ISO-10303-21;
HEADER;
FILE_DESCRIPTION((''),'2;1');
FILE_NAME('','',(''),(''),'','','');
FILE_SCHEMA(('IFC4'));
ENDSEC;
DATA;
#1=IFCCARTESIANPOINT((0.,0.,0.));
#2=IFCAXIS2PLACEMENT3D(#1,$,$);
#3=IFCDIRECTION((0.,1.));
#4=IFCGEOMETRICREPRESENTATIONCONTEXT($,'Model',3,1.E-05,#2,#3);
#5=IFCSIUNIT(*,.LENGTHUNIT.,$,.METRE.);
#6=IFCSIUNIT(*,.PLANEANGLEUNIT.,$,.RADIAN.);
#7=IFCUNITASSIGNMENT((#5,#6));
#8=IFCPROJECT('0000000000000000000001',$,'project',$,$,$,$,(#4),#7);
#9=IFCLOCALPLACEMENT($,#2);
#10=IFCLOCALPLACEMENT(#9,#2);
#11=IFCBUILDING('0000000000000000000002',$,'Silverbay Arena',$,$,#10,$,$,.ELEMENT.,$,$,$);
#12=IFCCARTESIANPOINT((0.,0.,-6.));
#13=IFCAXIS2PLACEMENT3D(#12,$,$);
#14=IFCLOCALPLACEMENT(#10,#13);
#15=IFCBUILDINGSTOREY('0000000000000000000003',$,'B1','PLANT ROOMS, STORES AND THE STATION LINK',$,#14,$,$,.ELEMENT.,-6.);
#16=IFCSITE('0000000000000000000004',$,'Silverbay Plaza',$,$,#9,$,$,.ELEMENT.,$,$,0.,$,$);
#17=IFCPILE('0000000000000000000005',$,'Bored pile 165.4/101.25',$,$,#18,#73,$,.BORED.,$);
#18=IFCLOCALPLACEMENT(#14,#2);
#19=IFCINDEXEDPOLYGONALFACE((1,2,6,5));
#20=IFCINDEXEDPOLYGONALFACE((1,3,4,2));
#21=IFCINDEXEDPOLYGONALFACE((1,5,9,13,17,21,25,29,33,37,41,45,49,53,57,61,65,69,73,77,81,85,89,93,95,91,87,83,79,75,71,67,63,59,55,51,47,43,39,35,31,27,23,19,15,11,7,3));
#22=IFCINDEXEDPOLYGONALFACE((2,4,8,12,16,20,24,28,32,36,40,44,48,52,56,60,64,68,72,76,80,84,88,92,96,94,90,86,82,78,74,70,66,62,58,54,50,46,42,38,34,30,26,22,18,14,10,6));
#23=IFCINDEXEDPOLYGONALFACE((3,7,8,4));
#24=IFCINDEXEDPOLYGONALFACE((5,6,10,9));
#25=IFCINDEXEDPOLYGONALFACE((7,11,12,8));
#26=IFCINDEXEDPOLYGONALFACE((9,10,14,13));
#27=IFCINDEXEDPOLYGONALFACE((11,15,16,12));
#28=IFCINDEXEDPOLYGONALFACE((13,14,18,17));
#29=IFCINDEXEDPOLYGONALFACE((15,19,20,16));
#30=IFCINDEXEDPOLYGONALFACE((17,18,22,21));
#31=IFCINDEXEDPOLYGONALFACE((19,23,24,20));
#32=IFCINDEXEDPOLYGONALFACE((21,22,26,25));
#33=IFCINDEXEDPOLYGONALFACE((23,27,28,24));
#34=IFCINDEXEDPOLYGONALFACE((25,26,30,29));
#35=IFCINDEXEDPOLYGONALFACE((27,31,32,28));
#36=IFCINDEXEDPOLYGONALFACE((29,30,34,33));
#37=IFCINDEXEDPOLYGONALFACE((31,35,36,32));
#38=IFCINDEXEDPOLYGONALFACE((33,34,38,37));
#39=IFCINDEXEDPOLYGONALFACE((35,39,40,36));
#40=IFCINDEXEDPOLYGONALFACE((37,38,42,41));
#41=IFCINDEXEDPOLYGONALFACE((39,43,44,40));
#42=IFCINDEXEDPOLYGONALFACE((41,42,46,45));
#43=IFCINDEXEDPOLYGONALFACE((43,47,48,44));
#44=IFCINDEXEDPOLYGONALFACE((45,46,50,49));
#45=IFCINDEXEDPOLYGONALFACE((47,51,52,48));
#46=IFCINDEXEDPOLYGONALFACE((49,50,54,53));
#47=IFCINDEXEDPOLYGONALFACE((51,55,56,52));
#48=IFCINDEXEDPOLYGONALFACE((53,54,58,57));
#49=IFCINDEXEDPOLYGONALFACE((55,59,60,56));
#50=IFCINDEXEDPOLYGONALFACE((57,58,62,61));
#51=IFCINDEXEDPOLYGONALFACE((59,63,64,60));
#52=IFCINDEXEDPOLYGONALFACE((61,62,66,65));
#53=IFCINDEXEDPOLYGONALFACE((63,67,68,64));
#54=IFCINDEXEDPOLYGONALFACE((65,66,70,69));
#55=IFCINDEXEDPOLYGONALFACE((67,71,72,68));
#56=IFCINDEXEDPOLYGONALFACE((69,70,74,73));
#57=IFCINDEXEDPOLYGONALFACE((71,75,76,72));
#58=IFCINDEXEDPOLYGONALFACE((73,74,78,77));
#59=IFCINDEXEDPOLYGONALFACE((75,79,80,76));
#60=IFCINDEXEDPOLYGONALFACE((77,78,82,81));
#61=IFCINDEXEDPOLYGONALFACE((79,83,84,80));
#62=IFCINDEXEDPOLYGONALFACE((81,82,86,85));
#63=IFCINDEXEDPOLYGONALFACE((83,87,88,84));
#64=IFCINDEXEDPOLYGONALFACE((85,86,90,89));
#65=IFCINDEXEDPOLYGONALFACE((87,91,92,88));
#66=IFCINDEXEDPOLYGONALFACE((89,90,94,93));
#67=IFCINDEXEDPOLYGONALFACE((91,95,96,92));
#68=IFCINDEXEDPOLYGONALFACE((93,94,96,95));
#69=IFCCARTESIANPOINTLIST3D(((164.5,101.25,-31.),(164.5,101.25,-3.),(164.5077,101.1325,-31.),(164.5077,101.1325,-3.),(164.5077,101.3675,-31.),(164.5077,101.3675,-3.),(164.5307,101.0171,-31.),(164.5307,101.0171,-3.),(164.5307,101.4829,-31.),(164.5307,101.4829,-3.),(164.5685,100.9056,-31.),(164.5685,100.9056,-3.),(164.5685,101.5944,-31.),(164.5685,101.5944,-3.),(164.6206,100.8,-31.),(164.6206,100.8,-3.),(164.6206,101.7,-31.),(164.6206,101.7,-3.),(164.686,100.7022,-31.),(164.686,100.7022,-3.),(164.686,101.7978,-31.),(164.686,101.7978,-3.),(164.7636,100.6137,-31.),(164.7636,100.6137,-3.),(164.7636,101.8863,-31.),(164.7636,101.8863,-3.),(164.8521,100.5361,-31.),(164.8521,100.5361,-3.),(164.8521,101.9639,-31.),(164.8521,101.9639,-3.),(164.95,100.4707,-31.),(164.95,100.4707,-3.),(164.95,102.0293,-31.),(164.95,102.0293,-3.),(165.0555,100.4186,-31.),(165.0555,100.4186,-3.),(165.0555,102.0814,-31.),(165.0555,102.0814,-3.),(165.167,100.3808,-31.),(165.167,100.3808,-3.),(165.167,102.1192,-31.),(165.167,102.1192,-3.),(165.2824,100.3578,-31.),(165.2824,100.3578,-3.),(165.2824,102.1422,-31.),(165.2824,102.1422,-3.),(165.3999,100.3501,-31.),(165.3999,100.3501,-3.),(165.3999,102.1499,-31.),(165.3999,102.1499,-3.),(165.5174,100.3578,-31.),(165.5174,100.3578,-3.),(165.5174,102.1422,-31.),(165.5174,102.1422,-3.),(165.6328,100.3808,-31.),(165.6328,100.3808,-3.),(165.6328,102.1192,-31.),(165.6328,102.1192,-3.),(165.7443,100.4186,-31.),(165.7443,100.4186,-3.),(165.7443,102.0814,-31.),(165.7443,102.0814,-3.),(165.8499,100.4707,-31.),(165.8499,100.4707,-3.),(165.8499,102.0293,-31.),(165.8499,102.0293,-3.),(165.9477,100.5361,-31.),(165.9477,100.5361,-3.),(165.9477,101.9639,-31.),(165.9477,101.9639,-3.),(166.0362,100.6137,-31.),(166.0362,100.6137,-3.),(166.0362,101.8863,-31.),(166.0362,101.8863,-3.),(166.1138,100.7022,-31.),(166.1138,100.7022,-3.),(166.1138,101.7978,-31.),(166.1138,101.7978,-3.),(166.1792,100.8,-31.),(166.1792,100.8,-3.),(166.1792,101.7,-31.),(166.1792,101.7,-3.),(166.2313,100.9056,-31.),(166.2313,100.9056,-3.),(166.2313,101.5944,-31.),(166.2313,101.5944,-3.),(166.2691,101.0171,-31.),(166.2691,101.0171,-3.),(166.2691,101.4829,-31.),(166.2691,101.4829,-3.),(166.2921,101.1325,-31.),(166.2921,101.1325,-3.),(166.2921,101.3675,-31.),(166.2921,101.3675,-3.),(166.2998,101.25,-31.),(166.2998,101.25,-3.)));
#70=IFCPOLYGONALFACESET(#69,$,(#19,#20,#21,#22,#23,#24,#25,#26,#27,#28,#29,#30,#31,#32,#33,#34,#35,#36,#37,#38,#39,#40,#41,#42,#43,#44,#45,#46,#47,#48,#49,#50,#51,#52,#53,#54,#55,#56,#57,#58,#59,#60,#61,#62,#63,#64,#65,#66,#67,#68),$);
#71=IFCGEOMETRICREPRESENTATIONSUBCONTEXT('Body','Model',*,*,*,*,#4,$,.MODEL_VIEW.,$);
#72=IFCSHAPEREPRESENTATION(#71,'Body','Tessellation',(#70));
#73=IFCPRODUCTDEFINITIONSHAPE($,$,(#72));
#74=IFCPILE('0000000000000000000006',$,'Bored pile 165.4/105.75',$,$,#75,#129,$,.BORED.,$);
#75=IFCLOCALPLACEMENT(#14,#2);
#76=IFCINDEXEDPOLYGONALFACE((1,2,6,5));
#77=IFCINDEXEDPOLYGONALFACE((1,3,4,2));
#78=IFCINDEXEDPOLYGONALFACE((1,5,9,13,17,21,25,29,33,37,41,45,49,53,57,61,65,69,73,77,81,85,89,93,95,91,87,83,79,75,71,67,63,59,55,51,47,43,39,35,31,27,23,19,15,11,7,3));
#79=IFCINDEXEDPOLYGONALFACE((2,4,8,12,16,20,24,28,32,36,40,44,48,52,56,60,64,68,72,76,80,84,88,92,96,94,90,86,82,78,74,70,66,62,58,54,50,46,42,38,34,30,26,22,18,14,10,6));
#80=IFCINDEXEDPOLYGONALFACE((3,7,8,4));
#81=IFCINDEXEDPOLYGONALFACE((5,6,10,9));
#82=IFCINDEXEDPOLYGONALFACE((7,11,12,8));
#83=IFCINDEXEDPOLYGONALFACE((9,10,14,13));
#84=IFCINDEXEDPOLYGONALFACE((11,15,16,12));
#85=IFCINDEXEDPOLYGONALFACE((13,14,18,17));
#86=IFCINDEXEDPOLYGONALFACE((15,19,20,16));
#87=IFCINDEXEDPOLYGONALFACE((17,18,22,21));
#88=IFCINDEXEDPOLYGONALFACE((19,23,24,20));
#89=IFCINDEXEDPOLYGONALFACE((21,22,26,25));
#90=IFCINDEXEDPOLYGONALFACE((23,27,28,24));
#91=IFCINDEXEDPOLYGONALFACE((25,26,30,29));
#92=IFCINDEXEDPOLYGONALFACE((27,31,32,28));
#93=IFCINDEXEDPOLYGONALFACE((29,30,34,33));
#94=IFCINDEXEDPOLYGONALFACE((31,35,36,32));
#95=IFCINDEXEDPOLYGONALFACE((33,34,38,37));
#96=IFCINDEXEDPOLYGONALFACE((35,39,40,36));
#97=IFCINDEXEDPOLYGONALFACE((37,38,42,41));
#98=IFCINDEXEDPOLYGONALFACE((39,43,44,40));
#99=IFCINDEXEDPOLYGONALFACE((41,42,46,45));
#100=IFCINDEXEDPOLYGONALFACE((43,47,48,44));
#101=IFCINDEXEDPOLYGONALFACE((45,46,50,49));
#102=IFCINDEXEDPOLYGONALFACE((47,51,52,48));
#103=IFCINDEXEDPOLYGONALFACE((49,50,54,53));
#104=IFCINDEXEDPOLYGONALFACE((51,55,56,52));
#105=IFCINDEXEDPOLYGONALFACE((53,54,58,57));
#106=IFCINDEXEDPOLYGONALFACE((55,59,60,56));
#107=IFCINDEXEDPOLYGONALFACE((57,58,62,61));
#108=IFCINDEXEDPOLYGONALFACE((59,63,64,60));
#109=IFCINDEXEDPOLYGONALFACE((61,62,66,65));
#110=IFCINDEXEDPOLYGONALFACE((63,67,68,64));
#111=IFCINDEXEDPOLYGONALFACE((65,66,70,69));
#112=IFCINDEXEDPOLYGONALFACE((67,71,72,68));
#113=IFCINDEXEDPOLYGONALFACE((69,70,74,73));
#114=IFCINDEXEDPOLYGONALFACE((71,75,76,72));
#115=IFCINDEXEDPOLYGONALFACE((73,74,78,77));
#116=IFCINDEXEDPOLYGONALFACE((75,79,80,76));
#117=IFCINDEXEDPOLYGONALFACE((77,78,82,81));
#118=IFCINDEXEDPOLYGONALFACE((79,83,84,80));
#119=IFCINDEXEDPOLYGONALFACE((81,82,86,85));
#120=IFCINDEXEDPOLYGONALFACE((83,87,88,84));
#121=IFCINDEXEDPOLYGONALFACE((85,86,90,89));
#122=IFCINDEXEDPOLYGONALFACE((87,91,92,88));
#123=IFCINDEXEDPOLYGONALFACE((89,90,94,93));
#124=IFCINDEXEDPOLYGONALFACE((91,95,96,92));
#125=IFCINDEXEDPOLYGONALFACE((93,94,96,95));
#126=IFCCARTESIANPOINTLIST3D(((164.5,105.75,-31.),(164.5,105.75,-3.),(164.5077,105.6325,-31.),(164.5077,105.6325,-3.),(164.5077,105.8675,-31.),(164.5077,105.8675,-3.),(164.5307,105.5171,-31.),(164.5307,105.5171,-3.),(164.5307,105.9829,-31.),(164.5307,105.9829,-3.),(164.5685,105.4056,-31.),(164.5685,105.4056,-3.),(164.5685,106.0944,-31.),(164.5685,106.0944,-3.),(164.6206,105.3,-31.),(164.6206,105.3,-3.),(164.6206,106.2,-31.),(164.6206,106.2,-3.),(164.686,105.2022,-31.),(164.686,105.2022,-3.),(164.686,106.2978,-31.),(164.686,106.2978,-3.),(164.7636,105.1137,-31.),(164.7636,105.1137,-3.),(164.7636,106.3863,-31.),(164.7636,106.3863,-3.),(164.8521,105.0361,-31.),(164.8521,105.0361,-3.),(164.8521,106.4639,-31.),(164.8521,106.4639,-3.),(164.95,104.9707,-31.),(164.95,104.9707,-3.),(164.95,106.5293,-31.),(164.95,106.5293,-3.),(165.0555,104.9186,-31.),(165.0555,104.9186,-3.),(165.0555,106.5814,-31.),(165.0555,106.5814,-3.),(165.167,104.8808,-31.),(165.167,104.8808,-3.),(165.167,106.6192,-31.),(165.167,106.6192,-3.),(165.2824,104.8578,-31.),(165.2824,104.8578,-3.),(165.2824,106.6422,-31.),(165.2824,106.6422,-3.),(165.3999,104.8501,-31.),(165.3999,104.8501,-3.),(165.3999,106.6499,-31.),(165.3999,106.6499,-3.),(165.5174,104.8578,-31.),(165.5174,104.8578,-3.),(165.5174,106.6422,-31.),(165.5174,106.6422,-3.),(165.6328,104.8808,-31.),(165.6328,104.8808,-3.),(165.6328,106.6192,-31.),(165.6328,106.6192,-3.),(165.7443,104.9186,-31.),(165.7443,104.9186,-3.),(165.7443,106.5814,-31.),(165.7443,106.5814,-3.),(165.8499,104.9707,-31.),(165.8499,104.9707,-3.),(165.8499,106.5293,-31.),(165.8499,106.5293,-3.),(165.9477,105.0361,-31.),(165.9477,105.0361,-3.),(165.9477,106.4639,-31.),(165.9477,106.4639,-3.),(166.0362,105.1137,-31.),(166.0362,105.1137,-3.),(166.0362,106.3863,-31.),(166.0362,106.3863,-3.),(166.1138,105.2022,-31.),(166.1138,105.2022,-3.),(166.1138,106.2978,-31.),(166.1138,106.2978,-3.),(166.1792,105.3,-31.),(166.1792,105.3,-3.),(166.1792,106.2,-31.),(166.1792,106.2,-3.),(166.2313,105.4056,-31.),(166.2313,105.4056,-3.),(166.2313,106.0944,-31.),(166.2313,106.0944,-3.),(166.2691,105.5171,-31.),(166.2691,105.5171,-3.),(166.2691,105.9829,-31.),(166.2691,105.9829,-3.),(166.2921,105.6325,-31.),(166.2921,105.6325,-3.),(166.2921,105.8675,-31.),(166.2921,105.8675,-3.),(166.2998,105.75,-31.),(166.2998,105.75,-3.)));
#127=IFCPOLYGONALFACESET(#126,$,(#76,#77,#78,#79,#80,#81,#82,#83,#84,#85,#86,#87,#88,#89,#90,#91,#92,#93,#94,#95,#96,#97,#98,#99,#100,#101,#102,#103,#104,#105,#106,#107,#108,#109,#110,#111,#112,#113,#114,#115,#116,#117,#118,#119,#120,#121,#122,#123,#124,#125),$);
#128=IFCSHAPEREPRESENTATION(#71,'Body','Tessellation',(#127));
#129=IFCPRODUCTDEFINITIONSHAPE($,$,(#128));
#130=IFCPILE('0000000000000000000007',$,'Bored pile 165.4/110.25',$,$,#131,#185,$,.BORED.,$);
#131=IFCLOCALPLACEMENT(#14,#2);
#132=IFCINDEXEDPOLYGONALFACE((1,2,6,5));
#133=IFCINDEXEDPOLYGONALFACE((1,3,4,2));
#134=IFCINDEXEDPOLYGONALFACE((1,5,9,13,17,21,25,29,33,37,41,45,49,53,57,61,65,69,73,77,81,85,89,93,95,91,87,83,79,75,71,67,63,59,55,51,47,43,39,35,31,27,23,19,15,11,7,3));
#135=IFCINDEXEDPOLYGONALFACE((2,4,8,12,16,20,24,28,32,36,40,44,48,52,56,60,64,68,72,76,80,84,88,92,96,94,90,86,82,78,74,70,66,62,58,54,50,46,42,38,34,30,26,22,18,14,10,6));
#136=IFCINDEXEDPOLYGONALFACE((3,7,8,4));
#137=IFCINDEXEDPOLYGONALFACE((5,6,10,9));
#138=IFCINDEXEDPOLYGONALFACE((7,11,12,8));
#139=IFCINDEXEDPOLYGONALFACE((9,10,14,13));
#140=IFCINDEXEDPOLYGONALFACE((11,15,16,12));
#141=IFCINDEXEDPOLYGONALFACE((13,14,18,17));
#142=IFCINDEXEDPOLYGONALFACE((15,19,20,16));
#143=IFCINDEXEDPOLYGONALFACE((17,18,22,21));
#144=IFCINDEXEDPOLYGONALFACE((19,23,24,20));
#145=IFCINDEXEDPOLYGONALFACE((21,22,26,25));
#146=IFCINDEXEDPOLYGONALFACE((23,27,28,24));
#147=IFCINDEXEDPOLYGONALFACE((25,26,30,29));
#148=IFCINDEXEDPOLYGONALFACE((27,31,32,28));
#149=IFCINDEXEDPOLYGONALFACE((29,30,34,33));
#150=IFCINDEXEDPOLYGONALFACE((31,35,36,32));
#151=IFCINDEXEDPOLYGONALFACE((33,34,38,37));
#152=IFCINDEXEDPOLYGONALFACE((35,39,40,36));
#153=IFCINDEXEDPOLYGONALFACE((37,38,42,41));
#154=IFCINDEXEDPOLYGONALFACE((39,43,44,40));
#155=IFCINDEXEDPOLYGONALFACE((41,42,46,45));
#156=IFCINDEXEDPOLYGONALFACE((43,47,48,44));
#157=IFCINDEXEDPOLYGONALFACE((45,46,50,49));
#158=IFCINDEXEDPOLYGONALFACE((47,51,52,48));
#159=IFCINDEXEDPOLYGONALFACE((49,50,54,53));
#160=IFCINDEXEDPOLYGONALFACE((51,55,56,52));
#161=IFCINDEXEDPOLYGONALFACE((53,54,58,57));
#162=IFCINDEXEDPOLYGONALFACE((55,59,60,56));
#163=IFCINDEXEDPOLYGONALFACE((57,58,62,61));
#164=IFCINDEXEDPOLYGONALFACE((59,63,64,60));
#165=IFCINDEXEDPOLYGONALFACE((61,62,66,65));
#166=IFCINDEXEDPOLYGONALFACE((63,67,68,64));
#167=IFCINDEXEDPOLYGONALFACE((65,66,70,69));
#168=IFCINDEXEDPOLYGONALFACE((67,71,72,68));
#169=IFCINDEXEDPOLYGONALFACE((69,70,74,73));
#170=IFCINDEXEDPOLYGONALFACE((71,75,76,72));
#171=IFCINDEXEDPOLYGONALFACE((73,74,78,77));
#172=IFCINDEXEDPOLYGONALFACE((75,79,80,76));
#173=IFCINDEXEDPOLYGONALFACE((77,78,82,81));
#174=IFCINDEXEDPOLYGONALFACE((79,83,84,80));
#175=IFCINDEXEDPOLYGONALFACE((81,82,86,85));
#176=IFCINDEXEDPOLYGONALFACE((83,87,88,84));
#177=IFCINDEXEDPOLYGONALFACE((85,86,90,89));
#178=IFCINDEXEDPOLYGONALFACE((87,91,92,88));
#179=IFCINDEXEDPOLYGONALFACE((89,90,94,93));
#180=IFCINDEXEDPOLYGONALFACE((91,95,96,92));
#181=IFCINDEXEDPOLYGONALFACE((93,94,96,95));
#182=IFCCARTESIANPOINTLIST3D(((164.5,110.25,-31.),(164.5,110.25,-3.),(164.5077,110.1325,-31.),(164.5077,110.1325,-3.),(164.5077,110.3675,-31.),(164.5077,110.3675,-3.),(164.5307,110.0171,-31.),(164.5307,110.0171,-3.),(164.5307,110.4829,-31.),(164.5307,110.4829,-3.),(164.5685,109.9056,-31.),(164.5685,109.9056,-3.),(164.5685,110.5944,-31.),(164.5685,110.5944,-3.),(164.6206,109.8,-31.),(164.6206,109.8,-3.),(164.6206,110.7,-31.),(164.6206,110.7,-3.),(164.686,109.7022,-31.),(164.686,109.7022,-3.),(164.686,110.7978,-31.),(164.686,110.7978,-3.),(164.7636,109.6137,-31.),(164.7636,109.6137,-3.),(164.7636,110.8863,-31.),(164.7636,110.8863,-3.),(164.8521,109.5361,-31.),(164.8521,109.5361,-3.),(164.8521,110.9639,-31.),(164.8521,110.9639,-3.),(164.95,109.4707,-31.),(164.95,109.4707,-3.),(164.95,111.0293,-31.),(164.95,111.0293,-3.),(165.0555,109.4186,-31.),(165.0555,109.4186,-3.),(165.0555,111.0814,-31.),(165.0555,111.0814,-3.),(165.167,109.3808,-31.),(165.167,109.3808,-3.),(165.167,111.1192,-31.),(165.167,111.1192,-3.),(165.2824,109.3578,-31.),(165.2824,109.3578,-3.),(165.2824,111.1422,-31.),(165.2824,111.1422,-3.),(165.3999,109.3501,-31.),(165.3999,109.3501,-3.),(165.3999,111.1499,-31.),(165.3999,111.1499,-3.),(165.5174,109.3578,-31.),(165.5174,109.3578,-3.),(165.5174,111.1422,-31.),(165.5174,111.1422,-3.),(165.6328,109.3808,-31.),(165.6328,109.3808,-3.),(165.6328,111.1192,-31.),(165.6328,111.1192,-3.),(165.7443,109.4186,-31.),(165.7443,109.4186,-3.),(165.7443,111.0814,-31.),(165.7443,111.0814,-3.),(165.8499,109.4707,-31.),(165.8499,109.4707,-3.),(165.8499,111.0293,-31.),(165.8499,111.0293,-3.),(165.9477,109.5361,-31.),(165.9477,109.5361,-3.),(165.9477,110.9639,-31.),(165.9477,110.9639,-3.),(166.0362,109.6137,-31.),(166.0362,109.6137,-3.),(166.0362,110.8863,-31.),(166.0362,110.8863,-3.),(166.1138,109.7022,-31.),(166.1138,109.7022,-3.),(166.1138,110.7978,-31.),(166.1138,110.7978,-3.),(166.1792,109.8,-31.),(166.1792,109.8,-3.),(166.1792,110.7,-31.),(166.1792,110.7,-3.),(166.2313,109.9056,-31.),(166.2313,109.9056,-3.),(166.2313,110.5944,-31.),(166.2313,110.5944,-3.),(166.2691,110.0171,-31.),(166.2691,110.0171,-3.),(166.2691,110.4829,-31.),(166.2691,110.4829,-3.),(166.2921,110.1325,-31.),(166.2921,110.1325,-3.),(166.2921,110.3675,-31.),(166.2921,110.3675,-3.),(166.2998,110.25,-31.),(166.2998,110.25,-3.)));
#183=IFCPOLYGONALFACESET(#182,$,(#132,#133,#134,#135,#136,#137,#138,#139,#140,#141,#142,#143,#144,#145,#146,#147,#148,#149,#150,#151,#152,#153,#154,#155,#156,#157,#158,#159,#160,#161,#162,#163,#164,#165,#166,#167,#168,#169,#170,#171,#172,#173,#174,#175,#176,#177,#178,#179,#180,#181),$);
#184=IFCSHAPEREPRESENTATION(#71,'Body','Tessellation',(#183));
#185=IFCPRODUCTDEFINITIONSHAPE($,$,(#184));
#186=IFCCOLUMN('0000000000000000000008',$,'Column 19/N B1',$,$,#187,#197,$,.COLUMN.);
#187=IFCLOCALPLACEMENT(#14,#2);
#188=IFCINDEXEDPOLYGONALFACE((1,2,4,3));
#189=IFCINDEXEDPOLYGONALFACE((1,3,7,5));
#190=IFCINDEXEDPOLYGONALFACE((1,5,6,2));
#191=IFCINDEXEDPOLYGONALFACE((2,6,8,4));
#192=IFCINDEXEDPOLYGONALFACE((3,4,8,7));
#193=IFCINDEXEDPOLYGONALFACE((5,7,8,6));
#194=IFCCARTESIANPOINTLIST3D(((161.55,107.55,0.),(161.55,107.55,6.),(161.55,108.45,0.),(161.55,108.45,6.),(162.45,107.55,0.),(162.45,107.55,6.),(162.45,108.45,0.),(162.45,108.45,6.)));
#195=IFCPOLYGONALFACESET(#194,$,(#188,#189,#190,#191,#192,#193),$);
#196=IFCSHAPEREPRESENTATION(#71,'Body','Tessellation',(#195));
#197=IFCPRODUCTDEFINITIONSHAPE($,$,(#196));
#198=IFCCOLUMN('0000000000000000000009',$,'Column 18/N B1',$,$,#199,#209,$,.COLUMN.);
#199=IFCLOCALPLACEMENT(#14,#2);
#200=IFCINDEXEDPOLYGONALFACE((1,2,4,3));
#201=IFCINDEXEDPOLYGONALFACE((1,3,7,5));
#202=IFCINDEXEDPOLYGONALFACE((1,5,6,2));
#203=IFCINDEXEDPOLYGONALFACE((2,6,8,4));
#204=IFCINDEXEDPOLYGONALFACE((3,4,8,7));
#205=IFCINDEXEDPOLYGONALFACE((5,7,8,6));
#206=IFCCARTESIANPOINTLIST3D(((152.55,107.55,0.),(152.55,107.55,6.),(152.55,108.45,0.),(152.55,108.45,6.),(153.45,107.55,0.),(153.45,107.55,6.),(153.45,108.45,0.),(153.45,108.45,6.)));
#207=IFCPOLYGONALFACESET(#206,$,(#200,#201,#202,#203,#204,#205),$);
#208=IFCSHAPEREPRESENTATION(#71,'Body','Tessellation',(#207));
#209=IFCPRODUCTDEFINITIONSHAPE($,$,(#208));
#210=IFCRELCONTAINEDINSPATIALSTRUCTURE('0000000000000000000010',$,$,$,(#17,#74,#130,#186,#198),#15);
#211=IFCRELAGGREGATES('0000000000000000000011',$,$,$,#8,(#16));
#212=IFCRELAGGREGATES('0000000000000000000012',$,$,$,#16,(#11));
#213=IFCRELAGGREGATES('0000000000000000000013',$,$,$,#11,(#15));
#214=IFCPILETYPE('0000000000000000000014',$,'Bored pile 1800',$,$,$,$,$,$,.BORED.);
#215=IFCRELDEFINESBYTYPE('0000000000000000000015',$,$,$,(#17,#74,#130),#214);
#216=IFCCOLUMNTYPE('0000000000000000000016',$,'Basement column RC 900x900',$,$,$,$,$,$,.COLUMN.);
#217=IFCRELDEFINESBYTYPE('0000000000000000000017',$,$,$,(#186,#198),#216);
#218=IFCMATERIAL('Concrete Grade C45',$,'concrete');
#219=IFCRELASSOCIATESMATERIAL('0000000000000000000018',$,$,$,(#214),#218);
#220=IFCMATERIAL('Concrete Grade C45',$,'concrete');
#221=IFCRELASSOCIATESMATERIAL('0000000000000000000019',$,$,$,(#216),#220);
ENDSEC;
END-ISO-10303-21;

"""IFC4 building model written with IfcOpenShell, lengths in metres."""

from ifc_helpers import new_model, si_unit, direction, frame, origin, origin_2d, place, context, subcontext, project, spatial, rectangle, circle, extrude, material, material_profile, profile_set, type_object, element, save


model = new_model("IFC4")

# Units and contexts
model_context = context("Model", 3, precision=1e-05, world=origin(), true_north=direction((0.0, 1.0)))
body_context = subcontext(model_context, "Body", "Model", "MODEL_VIEW")
ifc_project = project(units=[si_unit("LENGTHUNIT", "METRE"), si_unit("PLANEANGLEUNIT", "RADIAN")], contexts=[model_context])

# Site, building, storey
site_placement = place(None, origin())
site = spatial("IfcSite", under=ifc_project, at=site_placement, Name="Silverbay Plaza", CompositionType="ELEMENT", RefElevation=0.0)
building_placement = place(site_placement, origin())
building = spatial("IfcBuilding", under=site, at=building_placement, Name="Silverbay Arena", CompositionType="ELEMENT")
storey_placement = place(building_placement, frame((0.0, 0.0, -6.0)))
storey = spatial("IfcBuildingStorey", under=building, at=storey_placement, Name="B1", Description="PLANT ROOMS, STORES AND THE STATION LINK", CompositionType="ELEMENT", Elevation=-6.0)

# Piles
ifc_material_1 = material(Name="Concrete Grade C45", Category="concrete")
ifc_material_profile_1 = material_profile(ifc_material_1, circle(Radius=0.8999, at=origin_2d()), Name="Bored pile 1800")
ifc_profile_set_1 = profile_set([ifc_material_profile_1], Name="Concrete Grade C45")
pile_type_1 = type_object("IfcPileType", Name="Bored pile 1800", PredefinedType="BORED", material=ifc_profile_set_1)
for number, where, z_axis, x_axis, name in (
    (1, (165.3999, 101.25, -3.0), (0.0, 0.0, -1.0), (1.0, 0.0, 0.0), "Bored pile 165.4/101.25"),
    (2, (165.3999, 105.75, -3.0), (0.0, 0.0, -1.0), (1.0, 0.0, 0.0), "Bored pile 165.4/105.75"),
    (3, (165.3999, 110.25, -3.0), (0.0, 0.0, -1.0), (1.0, 0.0, 0.0), "Bored pile 165.4/110.25"),
):
    element("IfcPile", number, at=place(storey_placement, frame(where, z_axis=z_axis, x_axis=x_axis)), inside=storey, type_object=pile_type_1, Name=name, PredefinedType="BORED", context=body_context, shape_type="SweptSolid", body=[
        extrude(circle(Radius=0.8999, at=origin_2d()), origin(), (0.0, 0.0, 1.0), 28.0),
    ])

# Columns
ifc_material_2 = material(Name="Concrete Grade C45", Category="concrete")
ifc_material_profile_2 = material_profile(ifc_material_2, rectangle(XDim=0.8999, YDim=0.8999, at=origin_2d()), Name="RC 900x900")
ifc_profile_set_2 = profile_set([ifc_material_profile_2], Name="Concrete Grade C45")
column_type = type_object("IfcColumnType", Name="Basement column RC 900x900", PredefinedType="COLUMN", material=ifc_profile_set_2)
for number, where, z_axis, x_axis, name in (
    (4, (162.0, 108.0, 0.0), (0.0, 0.0, 1.0), (1.0, 0.0, 0.0), "Column 19/N B1"),
    (5, (153.0, 108.0, 0.0), (0.0, 0.0, 1.0), (1.0, 0.0, 0.0), "Column 18/N B1"),
):
    element("IfcColumn", number, at=place(storey_placement, frame(where, z_axis=z_axis, x_axis=x_axis)), inside=storey, type_object=column_type, Name=name, PredefinedType="COLUMN", context=body_context, shape_type="SweptSolid", body=[
        extrude(rectangle(XDim=0.8999, YDim=0.8999, at=origin_2d()), origin(), (0.0, 0.0, 1.0), 6.0),
    ])

save(model, "model.ifc")
